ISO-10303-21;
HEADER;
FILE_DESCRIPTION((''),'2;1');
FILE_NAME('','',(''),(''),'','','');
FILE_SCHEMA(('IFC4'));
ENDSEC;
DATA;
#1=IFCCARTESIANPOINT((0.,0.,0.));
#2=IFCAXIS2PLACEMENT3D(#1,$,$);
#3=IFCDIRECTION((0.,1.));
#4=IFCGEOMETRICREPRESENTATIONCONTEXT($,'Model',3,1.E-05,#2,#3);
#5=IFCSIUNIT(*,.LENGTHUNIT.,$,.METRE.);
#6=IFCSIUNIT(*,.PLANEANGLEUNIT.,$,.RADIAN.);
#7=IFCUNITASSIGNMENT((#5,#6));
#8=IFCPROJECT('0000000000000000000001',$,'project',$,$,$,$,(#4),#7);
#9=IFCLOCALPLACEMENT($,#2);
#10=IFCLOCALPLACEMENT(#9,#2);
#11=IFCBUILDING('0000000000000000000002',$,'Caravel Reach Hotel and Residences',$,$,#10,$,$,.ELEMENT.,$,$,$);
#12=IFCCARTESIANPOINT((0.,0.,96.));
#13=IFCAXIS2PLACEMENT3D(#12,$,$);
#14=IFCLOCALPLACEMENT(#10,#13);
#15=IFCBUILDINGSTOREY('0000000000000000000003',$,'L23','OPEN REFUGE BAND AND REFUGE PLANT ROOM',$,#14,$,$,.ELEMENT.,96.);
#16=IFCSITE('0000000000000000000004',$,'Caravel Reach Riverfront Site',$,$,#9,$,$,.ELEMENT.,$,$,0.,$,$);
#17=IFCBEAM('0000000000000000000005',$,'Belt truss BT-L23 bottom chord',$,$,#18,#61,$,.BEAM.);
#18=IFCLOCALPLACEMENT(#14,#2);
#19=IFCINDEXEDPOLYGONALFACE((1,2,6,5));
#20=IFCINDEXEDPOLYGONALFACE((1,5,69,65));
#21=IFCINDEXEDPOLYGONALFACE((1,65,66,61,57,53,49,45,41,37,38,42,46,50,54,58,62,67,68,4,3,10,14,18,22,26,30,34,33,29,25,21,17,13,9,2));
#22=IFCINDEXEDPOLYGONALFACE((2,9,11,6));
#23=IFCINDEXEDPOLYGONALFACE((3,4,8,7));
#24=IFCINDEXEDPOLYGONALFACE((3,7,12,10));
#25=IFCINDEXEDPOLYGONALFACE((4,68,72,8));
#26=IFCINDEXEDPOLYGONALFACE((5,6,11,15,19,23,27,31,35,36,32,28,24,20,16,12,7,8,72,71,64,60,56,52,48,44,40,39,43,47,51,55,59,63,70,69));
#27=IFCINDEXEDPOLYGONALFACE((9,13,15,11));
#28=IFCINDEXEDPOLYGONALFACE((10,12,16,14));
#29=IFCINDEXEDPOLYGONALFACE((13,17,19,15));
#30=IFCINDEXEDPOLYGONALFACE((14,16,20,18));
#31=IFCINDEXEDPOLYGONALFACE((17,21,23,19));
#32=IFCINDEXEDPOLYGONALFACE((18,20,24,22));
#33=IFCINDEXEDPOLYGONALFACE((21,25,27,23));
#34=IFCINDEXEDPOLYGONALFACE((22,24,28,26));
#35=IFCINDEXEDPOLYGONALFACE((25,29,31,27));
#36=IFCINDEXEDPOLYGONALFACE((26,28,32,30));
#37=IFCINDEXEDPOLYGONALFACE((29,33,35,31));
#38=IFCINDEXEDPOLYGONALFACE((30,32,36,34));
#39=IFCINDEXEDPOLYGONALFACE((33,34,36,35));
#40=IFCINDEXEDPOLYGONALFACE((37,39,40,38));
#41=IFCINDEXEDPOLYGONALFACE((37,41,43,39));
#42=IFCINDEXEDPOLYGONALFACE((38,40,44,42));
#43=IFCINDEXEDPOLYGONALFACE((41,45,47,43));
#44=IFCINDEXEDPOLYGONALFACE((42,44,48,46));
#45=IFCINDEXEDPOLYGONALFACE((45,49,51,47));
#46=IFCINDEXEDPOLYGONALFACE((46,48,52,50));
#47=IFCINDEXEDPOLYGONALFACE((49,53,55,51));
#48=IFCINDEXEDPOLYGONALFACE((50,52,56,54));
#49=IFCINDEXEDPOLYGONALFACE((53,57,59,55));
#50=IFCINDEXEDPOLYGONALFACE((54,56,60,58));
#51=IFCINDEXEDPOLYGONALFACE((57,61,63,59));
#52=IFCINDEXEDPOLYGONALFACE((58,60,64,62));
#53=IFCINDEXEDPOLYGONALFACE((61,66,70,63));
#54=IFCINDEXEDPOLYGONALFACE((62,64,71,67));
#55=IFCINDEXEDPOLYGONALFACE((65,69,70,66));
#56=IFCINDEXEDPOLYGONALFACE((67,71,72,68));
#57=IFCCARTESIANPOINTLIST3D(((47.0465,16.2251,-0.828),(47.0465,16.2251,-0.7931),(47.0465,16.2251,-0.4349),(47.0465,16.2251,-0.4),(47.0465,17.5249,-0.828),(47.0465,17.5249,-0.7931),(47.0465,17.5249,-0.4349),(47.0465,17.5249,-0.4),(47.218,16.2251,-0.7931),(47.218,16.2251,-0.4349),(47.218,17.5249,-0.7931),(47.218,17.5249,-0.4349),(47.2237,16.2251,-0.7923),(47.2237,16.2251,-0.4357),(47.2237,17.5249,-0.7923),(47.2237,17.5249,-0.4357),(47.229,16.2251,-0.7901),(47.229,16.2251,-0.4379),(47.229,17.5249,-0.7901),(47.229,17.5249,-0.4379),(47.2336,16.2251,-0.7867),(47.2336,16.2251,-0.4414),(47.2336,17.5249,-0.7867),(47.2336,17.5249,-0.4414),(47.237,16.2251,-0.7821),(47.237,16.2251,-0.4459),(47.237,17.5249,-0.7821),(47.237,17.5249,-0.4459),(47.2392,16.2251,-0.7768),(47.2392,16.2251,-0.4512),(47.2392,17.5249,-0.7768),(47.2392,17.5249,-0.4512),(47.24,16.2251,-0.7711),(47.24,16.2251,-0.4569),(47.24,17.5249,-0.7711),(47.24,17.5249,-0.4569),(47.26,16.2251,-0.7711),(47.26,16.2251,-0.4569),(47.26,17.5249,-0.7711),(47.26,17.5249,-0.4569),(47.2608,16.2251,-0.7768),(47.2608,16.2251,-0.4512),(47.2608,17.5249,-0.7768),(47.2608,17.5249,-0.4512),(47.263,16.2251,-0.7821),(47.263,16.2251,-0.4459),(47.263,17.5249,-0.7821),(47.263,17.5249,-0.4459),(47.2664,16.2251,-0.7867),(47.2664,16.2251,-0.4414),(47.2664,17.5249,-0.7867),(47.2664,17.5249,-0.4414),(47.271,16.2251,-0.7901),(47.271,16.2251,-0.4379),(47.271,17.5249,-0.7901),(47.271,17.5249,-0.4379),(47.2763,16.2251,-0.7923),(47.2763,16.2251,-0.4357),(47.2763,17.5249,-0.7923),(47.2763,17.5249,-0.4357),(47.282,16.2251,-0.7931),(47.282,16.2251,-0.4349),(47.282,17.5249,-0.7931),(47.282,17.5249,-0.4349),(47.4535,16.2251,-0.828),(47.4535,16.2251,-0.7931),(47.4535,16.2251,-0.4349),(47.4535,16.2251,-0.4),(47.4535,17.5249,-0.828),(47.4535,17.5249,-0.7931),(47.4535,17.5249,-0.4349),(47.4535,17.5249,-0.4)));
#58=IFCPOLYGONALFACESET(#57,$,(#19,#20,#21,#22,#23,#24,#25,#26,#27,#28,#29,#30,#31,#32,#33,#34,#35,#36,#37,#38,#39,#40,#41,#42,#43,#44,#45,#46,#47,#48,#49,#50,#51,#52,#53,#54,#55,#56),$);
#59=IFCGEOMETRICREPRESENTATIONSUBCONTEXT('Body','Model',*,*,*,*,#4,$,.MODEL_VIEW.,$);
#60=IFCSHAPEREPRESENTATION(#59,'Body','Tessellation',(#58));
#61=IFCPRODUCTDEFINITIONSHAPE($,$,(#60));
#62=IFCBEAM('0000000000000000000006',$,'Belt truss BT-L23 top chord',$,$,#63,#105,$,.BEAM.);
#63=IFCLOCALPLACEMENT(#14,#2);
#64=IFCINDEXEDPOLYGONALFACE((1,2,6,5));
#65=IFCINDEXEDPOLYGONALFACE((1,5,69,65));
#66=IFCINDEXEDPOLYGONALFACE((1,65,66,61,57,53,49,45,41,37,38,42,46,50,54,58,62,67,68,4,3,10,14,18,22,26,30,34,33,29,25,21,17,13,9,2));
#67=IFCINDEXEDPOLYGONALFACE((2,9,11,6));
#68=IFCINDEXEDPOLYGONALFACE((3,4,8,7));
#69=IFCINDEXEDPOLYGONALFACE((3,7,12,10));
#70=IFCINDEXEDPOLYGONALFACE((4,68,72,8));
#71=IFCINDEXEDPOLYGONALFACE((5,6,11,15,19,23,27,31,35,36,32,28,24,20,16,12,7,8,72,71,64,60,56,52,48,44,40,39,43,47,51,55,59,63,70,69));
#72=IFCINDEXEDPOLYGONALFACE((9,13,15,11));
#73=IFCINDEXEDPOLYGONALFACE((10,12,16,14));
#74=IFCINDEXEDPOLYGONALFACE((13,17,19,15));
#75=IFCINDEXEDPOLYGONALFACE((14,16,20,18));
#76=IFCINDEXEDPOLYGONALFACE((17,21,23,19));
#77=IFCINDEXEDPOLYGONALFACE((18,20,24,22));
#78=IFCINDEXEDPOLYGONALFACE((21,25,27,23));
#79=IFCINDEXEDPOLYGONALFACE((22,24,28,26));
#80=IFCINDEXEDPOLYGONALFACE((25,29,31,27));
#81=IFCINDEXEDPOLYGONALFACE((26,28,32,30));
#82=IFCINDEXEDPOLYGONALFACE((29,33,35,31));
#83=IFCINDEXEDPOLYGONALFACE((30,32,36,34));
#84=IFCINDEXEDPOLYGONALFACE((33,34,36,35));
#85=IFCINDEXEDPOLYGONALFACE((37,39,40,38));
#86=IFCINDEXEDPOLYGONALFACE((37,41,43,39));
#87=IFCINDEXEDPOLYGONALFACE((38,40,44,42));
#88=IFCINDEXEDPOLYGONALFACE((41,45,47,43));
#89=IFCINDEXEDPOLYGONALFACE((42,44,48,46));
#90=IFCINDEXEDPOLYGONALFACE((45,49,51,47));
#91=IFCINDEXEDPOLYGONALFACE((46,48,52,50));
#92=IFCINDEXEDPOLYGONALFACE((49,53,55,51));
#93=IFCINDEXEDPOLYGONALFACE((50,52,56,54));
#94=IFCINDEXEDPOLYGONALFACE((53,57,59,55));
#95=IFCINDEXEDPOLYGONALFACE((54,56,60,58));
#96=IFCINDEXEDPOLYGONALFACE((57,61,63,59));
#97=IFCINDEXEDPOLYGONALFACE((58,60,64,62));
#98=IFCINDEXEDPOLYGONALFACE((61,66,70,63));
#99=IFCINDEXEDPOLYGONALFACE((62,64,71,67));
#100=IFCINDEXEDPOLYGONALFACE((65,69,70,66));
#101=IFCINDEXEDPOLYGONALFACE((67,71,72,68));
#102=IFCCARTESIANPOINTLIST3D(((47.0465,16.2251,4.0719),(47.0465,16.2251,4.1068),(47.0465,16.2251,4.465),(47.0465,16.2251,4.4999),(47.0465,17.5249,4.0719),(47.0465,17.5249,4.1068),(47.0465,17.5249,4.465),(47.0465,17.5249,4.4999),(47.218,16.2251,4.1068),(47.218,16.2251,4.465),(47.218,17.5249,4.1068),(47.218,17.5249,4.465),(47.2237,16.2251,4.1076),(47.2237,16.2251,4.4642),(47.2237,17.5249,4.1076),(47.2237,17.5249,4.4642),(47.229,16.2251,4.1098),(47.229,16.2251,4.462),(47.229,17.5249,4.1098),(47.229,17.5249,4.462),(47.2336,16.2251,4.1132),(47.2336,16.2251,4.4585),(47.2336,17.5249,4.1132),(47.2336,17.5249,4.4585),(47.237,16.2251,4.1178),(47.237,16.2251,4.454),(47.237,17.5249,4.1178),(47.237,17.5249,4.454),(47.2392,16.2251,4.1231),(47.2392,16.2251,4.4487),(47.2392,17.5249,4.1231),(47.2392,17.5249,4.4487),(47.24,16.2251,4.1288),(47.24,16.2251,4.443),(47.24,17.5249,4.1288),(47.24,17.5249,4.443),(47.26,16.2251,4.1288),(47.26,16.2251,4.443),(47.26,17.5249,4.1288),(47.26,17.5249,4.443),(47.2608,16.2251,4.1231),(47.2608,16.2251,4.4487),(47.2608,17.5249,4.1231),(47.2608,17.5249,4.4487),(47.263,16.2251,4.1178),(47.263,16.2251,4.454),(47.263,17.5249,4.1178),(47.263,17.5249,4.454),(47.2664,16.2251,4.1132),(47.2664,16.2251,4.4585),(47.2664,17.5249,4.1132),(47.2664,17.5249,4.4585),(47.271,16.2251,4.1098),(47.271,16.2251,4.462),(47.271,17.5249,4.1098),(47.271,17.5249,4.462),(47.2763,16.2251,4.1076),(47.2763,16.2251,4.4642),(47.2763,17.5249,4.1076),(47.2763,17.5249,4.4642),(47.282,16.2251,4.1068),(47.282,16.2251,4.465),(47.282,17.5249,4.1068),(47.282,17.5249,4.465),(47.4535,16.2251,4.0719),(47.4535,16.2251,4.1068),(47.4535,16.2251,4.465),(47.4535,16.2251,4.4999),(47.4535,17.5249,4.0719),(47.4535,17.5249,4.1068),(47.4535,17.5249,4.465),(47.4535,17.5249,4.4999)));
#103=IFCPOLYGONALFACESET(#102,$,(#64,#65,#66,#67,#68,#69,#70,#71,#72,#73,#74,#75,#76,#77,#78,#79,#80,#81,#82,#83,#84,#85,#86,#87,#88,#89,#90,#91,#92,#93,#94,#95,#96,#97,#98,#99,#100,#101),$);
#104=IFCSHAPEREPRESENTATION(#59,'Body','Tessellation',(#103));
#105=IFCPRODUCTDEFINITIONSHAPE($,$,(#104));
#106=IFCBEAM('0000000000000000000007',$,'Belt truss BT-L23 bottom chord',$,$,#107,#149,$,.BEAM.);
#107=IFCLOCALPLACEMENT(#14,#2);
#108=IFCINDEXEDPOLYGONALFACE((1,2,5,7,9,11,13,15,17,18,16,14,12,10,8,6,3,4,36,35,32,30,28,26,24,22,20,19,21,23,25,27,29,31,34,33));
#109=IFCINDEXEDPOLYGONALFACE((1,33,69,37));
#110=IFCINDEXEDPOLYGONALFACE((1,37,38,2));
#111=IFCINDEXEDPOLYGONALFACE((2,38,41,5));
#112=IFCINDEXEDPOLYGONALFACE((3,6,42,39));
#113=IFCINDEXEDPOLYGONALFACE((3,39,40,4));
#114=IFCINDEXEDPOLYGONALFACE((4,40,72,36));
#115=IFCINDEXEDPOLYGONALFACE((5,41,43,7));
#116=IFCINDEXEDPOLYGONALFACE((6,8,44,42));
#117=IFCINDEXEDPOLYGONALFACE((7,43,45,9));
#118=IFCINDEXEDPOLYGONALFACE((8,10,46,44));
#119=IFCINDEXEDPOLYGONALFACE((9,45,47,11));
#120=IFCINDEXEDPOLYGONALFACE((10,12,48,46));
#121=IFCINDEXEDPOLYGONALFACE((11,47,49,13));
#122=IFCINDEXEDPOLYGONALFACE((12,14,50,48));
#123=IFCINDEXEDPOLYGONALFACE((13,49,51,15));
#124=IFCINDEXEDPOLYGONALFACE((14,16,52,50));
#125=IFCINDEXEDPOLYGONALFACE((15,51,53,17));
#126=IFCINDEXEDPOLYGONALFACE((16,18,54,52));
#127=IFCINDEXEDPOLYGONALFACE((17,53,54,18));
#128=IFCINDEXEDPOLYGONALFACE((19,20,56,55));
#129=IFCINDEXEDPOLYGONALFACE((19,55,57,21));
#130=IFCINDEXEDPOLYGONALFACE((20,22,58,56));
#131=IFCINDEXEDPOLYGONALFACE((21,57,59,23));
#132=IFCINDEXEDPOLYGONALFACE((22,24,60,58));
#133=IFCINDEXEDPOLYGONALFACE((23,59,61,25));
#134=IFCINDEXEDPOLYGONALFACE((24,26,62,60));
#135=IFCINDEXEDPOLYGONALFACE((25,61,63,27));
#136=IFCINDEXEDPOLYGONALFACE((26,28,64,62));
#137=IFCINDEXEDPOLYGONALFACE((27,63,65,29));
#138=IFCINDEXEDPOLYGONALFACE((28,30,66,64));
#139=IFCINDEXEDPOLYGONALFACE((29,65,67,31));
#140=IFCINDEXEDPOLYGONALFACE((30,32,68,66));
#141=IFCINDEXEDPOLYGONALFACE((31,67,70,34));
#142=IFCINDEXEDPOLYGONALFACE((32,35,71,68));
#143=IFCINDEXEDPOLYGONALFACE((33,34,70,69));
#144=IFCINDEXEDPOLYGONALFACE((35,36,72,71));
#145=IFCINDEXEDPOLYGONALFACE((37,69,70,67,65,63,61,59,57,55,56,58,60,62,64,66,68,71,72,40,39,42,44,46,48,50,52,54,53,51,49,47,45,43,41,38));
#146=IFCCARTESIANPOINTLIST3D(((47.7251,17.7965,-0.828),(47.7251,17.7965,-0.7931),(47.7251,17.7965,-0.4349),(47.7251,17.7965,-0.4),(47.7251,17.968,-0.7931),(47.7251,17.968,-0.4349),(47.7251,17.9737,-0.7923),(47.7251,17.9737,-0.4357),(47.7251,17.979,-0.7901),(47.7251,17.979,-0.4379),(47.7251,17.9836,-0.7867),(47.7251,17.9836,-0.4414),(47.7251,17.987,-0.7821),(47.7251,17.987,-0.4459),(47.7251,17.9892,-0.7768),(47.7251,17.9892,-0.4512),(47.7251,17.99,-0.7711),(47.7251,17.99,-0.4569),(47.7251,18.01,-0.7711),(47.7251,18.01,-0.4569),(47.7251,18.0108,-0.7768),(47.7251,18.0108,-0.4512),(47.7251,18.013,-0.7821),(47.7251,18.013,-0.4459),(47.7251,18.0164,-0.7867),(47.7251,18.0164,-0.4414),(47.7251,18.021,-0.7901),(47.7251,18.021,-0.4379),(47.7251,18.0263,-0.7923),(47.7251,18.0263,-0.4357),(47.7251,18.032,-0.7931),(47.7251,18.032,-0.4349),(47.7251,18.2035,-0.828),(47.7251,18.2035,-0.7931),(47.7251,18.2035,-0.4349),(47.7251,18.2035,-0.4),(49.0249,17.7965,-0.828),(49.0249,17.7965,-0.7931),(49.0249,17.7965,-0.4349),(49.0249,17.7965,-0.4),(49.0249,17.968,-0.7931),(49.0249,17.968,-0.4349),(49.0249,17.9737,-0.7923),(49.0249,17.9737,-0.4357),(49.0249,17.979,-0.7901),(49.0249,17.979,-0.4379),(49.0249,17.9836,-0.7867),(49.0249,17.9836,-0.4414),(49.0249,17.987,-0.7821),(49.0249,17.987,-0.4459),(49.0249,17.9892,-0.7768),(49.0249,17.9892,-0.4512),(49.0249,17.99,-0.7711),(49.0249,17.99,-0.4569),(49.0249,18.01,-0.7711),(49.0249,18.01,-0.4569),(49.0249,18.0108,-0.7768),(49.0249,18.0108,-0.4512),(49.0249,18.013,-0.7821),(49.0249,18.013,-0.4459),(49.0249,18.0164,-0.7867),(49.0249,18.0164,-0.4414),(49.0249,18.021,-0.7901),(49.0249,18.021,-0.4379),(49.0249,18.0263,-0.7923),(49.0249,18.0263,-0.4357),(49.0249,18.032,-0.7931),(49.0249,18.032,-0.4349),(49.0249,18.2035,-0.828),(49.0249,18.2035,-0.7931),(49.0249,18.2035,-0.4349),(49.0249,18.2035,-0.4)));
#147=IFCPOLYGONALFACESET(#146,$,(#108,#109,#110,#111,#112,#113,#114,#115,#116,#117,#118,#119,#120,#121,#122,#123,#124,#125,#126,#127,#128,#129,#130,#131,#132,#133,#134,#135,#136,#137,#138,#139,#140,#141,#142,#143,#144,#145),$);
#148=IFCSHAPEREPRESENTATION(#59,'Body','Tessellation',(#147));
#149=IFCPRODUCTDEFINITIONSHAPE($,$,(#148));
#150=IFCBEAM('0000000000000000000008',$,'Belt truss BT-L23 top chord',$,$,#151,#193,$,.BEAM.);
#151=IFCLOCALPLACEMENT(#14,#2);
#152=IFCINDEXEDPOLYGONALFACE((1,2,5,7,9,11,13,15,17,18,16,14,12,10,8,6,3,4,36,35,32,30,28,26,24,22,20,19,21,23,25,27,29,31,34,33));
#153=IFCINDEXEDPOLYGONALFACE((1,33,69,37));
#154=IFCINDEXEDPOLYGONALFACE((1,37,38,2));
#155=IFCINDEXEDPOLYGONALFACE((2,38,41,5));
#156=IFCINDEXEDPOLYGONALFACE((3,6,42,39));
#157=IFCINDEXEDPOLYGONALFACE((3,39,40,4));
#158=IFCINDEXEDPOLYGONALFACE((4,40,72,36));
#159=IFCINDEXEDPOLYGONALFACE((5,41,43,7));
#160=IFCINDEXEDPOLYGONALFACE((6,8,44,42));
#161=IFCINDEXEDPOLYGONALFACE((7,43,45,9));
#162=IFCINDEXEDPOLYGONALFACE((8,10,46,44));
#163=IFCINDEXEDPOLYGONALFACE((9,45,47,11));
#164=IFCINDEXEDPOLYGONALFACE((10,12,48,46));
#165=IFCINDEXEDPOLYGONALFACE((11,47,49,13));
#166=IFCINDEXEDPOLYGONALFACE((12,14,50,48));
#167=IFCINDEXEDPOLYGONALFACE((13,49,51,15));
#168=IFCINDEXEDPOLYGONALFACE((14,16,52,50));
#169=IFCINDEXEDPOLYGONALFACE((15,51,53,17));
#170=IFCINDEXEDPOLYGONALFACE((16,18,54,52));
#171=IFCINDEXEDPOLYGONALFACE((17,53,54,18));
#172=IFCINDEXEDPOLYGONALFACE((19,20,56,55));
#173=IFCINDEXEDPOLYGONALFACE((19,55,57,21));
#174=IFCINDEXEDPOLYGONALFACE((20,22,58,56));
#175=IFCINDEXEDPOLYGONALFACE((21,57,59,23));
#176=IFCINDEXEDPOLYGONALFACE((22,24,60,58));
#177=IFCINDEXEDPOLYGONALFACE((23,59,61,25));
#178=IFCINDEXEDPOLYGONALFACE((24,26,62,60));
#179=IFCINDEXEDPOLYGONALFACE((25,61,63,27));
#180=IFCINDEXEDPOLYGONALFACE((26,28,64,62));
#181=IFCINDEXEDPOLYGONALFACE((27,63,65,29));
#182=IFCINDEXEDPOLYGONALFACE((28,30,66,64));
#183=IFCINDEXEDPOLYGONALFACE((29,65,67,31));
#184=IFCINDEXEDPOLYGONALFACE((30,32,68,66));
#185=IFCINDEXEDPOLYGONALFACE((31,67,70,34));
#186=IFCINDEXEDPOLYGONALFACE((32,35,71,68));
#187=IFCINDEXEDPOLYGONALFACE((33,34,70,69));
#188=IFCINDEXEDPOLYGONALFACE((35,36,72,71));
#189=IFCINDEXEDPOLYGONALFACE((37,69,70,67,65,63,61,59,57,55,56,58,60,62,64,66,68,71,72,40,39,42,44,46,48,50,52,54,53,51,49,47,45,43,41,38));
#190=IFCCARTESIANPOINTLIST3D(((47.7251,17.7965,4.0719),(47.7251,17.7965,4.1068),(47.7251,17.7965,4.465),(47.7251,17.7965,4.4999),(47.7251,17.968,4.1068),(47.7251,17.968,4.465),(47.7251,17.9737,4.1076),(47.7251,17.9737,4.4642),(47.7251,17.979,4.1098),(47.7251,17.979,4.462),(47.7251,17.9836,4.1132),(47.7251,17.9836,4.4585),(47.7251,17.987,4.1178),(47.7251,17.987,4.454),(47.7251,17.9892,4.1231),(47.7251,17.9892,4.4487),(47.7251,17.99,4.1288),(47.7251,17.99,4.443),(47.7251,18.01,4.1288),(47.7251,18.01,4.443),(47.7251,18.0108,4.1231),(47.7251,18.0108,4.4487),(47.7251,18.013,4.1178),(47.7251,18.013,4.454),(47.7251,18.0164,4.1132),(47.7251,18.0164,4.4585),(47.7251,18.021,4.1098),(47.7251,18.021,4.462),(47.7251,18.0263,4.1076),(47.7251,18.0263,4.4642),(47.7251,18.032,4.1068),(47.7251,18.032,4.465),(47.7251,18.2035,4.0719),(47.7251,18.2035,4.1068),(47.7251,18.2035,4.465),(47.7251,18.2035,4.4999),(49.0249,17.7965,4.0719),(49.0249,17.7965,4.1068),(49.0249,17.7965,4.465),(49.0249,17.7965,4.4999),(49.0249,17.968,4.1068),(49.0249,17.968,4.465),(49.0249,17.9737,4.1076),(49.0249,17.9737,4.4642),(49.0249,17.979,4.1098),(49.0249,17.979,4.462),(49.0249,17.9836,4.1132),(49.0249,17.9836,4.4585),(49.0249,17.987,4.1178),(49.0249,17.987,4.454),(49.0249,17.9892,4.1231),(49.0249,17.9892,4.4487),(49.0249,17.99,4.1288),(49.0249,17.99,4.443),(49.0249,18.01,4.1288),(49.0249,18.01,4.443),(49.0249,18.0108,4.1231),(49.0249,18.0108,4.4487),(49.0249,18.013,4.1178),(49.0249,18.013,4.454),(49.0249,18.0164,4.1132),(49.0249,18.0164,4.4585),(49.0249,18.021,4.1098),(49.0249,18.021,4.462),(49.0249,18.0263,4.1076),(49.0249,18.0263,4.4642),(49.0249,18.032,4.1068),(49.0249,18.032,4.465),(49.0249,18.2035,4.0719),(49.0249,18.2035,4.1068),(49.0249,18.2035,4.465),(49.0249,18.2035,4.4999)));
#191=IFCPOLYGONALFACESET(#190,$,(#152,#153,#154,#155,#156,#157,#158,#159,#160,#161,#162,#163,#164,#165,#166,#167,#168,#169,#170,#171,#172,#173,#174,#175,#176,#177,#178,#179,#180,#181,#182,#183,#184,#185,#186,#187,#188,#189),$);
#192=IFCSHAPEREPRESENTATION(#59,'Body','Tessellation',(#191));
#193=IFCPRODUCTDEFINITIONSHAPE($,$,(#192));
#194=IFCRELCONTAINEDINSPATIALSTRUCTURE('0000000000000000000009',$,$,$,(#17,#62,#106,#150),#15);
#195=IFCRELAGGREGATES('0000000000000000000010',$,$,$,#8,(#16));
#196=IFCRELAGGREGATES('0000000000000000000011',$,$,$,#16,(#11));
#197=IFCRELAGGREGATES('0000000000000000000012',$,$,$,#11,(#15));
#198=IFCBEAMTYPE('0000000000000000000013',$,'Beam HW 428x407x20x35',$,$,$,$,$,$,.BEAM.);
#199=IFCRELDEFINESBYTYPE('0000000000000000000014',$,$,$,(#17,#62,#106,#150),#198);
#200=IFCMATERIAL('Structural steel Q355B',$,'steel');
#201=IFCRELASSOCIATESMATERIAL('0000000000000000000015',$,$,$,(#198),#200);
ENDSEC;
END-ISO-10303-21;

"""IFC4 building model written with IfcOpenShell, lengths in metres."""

from ifc_helpers import new_model, si_unit, direction, frame, origin, origin_2d, place, context, subcontext, project, spatial, i_section, extrude, material, material_profile, profile_set, type_object, element, save


model = new_model("IFC4")

# Units and contexts
model_context = context("Model", 3, precision=1e-05, world=origin(), true_north=direction((0.0, 1.0)))
body_context = subcontext(model_context, "Body", "Model", "MODEL_VIEW")
ifc_project = project(units=[si_unit("LENGTHUNIT", "METRE"), si_unit("PLANEANGLEUNIT", "RADIAN")], contexts=[model_context])

# Site, building, storey
site_placement = place(None, origin())
site = spatial("IfcSite", under=ifc_project, at=site_placement, Name="Caravel Reach Riverfront Site", CompositionType="ELEMENT", RefElevation=0.0)
building_placement = place(site_placement, origin())
building = spatial("IfcBuilding", under=site, at=building_placement, Name="Caravel Reach Hotel and Residences", CompositionType="ELEMENT")
storey_placement = place(building_placement, frame((0.0, 0.0, 96.0)))
storey = spatial("IfcBuildingStorey", under=building, at=storey_placement, Name="L23", Description="OPEN REFUGE BAND AND REFUGE PLANT ROOM", CompositionType="ELEMENT", Elevation=96.0)

# Beams
ifc_material_1 = material(Name="Structural steel Q355B", Category="steel")
ifc_material_profile_1 = material_profile(ifc_material_1, i_section(OverallWidth=0.407, OverallDepth=0.428, WebThickness=0.02, FlangeThickness=0.0349, FilletRadius=0.022, at=origin_2d()), Name="HW 428x407x20x35")
ifc_profile_set_1 = profile_set([ifc_material_profile_1], Name="Structural steel Q355B")
beam_type_1 = type_object("IfcBeamType", Name="Beam HW 428x407x20x35", PredefinedType="BEAM", material=ifc_profile_set_1)
for number, where, z_axis, x_axis, name in (
    (1, (47.25, 16.2251, -0.614), (0.0, 1.0, 0.0), (-1.0, 0.0, 0.0), "Belt truss BT-L23 bottom chord"),
    (2, (47.25, 16.2251, 4.2859), (0.0, 1.0, 0.0), (-1.0, 0.0, 0.0), "Belt truss BT-L23 top chord"),
    (3, (47.7251, 18.0, -0.614), (1.0, 0.0, 0.0), (0.0, 1.0, 0.0), "Belt truss BT-L23 bottom chord"),
    (4, (47.7251, 18.0, 4.2859), (1.0, 0.0, 0.0), (0.0, 1.0, 0.0), "Belt truss BT-L23 top chord"),
):
    element("IfcBeam", number, at=place(storey_placement, frame(where, z_axis=z_axis, x_axis=x_axis)), inside=storey, type_object=beam_type_1, Name=name, PredefinedType="BEAM", context=body_context, shape_type="SweptSolid", body=[
        extrude(i_section(OverallWidth=0.407, OverallDepth=0.428, WebThickness=0.02, FlangeThickness=0.0349, FilletRadius=0.022, at=origin_2d()), origin(), (0.0, 0.0, 1.0), 1.2998),
    ])

save(model, "model.ifc")
